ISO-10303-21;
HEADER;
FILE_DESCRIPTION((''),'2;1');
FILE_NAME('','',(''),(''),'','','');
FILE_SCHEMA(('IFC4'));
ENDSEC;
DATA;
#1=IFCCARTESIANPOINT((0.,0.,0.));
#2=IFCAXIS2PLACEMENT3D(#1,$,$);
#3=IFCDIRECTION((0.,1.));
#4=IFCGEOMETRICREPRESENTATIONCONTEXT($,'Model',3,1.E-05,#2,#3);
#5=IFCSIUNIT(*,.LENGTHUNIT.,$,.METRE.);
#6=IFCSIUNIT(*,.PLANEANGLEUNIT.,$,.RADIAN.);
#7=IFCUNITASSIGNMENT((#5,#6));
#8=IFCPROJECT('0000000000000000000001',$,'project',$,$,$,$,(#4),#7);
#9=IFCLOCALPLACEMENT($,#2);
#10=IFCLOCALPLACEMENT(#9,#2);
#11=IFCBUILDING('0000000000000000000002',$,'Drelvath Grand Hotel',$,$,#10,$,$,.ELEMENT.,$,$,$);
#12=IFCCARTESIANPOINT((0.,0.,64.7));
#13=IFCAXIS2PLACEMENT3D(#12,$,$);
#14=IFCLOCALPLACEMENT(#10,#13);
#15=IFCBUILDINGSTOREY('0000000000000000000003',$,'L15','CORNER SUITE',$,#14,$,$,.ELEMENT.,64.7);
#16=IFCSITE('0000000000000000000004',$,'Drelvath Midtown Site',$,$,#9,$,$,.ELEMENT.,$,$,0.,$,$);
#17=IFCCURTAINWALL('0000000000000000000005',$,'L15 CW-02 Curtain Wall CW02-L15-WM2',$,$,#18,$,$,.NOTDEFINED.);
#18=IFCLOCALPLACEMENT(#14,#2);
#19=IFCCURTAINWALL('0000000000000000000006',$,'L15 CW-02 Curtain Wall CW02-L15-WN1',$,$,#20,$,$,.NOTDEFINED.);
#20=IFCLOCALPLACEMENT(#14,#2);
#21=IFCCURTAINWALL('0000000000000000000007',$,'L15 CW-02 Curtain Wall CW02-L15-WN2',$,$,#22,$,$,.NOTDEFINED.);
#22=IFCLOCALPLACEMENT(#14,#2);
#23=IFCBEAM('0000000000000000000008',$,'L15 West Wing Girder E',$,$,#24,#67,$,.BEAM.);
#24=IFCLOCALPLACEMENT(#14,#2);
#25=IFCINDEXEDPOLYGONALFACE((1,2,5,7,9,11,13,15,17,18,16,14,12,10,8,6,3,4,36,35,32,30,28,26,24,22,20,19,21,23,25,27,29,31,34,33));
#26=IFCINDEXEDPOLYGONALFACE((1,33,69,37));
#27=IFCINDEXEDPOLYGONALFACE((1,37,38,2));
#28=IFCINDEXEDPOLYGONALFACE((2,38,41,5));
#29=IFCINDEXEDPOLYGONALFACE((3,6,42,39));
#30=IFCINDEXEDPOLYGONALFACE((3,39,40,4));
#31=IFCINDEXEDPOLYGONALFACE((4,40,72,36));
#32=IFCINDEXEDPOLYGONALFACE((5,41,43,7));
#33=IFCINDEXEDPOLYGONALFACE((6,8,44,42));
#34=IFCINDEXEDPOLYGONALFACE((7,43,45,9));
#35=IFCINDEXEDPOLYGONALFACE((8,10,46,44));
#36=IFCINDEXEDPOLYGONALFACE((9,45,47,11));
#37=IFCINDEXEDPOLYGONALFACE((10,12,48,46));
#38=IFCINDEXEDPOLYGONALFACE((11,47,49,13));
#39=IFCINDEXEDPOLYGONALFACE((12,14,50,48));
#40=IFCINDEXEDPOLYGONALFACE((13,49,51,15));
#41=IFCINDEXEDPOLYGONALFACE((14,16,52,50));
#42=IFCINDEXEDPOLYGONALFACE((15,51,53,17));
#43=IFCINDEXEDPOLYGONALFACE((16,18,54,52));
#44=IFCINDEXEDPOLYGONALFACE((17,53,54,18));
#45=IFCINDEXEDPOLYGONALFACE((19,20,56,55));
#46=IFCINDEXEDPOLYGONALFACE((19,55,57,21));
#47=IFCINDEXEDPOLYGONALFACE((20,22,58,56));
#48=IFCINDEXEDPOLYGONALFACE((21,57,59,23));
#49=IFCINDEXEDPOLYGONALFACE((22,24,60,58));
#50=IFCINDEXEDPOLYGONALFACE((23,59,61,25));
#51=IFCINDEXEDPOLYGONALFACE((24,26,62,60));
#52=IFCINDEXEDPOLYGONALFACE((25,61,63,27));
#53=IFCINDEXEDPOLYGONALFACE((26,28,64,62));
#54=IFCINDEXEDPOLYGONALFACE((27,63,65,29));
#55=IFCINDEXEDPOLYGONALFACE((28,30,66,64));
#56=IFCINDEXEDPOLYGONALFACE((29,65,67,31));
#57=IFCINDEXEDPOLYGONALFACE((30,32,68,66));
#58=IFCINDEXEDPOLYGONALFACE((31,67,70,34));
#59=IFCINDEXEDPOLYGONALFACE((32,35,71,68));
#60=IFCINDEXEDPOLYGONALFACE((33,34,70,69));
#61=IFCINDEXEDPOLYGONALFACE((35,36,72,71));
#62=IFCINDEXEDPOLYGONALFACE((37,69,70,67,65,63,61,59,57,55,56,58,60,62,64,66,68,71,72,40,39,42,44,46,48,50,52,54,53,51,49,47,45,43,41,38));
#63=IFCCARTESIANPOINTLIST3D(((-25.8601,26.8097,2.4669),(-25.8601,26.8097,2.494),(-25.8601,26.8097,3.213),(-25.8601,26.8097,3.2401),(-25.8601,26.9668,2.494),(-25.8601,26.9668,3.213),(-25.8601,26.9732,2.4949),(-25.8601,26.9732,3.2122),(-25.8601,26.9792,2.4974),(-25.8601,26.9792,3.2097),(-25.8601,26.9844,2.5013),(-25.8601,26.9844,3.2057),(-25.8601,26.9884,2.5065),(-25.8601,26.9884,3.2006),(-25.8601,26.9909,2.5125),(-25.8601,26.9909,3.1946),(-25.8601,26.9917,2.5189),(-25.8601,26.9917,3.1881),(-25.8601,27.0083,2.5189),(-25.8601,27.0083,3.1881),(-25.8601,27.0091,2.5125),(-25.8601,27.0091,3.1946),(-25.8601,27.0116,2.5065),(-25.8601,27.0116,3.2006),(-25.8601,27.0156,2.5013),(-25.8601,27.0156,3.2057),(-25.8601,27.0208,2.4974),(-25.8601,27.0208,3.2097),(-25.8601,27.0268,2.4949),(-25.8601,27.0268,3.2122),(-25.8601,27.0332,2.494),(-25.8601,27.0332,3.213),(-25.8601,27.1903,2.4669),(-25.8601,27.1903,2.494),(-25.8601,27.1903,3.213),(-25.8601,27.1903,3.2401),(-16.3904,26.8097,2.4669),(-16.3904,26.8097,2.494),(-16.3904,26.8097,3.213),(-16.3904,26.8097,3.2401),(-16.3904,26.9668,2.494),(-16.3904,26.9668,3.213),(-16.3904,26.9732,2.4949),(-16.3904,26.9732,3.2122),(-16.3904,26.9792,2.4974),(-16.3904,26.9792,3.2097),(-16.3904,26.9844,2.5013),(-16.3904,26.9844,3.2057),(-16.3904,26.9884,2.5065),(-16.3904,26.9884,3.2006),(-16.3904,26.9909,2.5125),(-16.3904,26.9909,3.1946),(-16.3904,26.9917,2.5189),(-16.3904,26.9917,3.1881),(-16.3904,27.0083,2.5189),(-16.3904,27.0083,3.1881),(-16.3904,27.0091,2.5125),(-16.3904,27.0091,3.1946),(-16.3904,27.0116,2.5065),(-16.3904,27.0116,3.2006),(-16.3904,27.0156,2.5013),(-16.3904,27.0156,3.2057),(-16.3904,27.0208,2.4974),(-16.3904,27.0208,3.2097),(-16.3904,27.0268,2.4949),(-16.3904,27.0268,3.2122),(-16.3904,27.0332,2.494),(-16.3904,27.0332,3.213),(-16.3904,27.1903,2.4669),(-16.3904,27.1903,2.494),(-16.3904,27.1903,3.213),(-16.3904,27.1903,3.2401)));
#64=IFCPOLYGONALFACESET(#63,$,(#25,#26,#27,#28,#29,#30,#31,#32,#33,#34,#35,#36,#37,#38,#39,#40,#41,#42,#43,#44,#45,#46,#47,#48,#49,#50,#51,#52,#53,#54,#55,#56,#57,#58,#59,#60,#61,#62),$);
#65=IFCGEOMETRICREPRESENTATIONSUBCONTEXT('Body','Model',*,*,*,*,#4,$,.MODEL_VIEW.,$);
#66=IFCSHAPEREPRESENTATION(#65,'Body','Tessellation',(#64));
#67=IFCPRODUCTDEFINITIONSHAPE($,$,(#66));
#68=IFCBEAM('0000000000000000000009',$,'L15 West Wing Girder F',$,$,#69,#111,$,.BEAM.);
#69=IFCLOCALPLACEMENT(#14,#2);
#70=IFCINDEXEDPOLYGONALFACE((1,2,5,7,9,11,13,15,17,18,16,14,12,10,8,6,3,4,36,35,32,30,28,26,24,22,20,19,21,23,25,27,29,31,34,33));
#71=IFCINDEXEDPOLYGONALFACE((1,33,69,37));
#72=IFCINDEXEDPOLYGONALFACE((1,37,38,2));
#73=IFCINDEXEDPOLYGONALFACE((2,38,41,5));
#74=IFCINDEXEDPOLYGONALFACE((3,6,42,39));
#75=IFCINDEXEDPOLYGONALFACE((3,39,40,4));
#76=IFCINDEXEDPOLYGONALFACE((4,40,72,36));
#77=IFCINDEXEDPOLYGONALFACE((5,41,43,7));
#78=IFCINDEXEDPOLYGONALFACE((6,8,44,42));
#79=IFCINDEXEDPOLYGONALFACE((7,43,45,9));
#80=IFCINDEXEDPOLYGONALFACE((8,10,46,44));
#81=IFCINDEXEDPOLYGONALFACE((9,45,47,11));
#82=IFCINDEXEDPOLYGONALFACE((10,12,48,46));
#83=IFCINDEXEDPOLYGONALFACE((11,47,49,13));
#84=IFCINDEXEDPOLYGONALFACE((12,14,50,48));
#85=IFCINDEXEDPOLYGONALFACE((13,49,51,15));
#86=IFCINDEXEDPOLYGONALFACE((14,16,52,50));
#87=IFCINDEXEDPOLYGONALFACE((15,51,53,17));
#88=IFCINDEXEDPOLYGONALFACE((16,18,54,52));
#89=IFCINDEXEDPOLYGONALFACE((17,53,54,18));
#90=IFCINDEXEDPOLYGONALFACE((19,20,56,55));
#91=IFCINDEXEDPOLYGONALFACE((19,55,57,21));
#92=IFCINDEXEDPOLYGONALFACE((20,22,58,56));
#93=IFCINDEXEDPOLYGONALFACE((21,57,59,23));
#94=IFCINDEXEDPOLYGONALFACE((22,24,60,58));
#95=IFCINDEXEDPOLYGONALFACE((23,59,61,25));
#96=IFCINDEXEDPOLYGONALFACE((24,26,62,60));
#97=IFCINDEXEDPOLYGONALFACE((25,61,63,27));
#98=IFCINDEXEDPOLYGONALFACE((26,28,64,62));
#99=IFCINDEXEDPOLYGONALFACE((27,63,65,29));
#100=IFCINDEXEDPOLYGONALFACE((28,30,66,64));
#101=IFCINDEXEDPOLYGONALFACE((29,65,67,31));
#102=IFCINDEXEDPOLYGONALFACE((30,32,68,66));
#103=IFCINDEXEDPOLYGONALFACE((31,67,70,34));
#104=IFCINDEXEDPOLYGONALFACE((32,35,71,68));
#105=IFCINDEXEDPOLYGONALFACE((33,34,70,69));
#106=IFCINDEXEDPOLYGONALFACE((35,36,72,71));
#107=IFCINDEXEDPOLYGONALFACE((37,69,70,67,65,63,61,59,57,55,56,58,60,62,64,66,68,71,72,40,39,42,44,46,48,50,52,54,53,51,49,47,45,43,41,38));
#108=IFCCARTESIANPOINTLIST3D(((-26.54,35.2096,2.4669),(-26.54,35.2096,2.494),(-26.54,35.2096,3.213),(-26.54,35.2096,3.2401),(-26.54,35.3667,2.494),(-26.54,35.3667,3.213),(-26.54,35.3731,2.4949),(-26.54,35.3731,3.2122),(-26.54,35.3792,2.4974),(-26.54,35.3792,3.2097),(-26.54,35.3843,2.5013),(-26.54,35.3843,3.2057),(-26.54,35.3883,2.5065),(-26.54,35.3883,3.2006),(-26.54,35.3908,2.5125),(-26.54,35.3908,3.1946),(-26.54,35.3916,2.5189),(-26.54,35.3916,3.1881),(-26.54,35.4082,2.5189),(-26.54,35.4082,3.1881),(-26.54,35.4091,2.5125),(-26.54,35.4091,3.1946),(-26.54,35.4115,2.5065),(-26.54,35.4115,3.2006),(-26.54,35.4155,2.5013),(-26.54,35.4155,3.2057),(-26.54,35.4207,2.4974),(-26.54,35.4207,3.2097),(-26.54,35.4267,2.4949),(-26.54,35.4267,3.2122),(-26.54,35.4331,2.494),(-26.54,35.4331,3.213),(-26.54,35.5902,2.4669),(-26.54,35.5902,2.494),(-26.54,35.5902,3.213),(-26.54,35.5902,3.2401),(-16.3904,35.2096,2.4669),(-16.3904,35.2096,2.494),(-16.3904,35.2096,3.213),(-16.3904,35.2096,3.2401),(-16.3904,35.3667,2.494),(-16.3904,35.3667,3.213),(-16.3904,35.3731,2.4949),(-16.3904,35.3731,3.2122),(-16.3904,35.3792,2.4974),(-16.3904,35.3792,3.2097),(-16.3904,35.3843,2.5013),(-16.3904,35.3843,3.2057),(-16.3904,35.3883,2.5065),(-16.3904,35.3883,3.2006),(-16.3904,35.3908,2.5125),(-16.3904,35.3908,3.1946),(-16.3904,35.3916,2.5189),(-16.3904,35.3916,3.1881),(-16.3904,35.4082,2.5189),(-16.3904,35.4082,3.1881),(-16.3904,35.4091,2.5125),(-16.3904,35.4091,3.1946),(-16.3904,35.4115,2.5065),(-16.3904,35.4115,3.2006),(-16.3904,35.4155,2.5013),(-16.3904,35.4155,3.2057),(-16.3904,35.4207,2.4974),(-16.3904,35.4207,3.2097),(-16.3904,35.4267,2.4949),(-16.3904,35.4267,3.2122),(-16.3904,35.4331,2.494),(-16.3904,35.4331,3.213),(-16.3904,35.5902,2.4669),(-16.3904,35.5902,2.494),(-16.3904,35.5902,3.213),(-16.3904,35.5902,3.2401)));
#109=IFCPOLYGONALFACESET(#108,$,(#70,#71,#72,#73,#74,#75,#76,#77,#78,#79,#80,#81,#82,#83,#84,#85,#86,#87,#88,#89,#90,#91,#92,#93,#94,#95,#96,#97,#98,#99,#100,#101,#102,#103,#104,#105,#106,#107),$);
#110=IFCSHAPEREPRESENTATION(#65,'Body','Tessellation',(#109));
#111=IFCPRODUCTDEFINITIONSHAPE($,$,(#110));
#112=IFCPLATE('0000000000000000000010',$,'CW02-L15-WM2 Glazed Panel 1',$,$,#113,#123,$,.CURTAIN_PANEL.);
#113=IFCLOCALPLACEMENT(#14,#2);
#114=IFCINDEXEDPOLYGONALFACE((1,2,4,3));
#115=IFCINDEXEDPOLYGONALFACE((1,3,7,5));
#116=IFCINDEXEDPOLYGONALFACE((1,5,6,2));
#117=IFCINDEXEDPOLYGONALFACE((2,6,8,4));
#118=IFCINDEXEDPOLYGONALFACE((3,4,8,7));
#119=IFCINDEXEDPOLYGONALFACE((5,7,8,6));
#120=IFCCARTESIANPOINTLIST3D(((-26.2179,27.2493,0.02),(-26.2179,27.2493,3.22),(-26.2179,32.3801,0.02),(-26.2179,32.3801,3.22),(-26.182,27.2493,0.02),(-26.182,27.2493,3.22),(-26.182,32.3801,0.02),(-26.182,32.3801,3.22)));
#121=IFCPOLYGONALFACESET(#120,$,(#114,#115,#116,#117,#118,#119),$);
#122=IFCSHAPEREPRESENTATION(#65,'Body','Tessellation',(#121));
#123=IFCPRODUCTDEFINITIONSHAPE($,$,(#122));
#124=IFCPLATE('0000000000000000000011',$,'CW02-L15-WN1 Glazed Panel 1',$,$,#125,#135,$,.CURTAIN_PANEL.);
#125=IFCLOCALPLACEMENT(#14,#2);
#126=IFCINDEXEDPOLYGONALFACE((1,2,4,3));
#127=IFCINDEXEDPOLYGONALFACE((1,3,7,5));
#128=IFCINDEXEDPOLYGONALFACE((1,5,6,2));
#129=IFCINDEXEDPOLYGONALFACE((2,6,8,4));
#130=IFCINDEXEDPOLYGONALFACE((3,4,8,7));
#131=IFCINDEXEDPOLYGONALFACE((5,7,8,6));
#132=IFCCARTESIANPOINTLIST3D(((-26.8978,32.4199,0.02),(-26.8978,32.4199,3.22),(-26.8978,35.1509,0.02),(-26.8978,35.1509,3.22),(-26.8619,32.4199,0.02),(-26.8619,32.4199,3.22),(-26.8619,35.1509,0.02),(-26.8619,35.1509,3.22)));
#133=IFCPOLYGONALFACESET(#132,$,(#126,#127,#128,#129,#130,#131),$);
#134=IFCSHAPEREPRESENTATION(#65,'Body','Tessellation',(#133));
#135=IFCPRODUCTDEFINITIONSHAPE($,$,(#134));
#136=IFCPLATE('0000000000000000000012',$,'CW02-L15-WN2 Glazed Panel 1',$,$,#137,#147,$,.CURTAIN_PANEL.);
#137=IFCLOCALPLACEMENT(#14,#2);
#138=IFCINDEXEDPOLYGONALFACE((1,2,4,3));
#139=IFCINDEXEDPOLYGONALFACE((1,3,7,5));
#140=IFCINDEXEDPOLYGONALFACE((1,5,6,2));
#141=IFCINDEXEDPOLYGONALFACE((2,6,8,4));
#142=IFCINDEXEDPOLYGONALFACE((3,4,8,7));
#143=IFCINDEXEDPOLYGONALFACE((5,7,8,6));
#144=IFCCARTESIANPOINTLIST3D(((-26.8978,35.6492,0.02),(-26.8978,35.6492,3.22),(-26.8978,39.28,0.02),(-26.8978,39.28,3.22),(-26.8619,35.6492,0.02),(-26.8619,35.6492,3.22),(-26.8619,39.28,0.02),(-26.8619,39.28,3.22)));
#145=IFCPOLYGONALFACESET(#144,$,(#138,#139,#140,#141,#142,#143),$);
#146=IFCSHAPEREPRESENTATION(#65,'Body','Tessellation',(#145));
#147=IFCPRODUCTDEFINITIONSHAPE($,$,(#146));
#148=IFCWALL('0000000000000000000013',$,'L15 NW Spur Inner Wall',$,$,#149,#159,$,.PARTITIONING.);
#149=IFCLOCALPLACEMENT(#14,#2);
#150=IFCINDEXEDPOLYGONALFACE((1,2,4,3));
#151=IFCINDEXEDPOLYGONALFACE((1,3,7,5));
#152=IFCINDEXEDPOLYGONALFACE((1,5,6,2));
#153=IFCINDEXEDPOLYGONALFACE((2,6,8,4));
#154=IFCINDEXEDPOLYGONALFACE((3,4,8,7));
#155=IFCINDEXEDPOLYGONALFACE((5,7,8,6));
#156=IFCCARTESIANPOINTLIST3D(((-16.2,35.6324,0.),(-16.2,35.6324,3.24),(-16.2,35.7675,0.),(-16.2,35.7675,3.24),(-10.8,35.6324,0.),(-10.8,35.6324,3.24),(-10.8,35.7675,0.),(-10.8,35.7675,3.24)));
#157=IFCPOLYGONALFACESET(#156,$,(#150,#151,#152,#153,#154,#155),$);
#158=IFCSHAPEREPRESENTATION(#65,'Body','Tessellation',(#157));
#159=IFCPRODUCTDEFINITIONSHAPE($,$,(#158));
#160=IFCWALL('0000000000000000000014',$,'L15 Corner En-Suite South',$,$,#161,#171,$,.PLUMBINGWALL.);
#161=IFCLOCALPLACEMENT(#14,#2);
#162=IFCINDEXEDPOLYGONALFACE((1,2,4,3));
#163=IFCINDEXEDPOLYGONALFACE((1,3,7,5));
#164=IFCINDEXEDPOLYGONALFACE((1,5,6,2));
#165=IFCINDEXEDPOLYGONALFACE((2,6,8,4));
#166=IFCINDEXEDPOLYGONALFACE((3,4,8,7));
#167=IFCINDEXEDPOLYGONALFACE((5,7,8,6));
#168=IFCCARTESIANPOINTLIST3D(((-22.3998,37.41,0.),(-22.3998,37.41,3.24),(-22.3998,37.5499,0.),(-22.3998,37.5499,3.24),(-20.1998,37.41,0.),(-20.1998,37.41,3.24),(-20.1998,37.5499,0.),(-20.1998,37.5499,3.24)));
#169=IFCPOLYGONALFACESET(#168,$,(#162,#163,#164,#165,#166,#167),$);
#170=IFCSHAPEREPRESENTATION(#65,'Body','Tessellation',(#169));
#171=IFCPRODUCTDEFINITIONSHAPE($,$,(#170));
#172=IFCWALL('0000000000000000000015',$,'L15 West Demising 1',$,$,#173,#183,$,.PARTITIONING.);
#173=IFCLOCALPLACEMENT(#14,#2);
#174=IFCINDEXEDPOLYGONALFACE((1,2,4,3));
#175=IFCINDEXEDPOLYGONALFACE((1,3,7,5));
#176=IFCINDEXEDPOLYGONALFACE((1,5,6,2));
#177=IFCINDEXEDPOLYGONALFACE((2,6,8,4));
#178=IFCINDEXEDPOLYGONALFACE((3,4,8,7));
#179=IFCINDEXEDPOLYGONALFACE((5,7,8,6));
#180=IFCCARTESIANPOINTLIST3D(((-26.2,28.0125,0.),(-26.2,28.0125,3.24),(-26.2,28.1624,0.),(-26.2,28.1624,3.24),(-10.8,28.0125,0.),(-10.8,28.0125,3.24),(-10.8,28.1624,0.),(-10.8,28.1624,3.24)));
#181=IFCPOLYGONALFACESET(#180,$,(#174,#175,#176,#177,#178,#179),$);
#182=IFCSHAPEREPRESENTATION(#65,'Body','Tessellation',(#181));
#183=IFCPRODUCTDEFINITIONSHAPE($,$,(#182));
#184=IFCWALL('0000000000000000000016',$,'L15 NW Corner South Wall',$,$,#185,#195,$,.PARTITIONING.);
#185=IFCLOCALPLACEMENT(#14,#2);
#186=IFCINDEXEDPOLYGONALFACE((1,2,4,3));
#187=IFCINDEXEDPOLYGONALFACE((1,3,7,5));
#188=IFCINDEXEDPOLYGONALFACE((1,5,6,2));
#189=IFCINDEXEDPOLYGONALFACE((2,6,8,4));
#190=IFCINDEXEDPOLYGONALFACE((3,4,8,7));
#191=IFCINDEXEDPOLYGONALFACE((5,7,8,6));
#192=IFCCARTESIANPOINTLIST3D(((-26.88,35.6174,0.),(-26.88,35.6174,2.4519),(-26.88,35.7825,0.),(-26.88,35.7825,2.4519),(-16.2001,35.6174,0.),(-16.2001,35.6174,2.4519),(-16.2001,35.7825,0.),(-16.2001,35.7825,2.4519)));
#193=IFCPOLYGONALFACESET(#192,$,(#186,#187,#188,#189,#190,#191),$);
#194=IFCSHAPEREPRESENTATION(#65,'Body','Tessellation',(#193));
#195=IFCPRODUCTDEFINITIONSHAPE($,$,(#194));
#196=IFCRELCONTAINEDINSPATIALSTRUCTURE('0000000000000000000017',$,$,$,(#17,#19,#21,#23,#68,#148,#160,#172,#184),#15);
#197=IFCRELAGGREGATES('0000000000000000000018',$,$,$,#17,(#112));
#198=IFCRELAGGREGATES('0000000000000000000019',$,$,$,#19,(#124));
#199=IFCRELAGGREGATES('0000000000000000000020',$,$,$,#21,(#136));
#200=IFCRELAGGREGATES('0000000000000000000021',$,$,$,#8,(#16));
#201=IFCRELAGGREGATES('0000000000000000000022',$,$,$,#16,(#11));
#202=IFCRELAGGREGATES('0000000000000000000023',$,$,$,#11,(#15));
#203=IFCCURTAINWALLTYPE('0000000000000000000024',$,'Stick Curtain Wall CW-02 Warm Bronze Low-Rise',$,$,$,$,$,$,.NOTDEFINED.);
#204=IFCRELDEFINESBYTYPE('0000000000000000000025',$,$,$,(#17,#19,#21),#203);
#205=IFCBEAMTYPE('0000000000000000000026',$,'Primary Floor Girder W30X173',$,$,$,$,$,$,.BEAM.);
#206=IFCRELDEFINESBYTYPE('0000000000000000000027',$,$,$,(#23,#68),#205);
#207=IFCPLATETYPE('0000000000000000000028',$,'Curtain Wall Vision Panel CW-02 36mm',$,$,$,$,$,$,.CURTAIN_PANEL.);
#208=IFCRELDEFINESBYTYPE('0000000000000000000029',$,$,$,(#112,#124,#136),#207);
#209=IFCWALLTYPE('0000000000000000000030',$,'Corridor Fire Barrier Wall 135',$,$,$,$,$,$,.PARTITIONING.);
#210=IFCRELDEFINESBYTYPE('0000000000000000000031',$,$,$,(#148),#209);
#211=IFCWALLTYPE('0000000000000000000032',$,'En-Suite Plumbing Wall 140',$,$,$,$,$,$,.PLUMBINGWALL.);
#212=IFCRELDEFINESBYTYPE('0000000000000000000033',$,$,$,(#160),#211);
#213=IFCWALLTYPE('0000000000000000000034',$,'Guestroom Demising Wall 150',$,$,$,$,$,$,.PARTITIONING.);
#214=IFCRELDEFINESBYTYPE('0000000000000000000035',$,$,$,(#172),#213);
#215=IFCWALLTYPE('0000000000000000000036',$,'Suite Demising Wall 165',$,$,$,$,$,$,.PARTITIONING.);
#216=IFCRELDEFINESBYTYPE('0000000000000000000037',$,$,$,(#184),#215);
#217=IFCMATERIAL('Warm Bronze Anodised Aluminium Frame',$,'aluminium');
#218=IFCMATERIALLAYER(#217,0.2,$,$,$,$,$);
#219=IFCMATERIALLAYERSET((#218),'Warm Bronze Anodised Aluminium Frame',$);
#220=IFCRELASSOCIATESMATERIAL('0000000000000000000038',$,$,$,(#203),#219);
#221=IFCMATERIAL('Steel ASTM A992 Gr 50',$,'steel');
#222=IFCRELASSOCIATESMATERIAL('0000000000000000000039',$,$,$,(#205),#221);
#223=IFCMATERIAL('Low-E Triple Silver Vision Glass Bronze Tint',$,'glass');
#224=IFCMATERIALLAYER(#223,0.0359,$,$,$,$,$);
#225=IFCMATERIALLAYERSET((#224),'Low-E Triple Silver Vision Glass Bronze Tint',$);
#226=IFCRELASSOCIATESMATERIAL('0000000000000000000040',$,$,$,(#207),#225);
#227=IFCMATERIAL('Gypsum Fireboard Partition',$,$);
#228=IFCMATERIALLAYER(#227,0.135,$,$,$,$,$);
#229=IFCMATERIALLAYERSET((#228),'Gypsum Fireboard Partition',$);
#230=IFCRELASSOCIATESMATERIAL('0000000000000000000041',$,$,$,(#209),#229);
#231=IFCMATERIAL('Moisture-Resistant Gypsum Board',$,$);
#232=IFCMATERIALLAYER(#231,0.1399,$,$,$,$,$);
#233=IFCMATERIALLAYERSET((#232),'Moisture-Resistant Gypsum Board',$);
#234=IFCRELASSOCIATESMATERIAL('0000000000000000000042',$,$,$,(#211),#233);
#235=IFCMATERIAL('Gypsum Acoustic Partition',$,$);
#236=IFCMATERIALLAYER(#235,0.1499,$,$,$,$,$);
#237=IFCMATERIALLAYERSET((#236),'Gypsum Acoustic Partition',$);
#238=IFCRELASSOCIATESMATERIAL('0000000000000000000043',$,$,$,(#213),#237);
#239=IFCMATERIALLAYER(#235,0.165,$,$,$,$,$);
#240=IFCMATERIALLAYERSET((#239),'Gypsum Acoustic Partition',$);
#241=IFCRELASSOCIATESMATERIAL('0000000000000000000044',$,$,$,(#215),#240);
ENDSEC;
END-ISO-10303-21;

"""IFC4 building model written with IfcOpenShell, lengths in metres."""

from ifc_helpers import new_model, si_unit, direction, frame, frame_2d, origin, origin_2d, place, context, subcontext, project, spatial, rectangle, i_section, extrude, material, layer, layer_set, material_profile, profile_set, type_object, element, aggregate, save


model = new_model("IFC4")

# Units and contexts
model_context = context("Model", 3, precision=1e-05, world=origin(), true_north=direction((0.0, 1.0)))
body_context = subcontext(model_context, "Body", "Model", "MODEL_VIEW")
ifc_project = project(units=[si_unit("LENGTHUNIT", "METRE"), si_unit("PLANEANGLEUNIT", "RADIAN")], contexts=[model_context])

# Site, building, storey
site_placement = place(None, origin())
site = spatial("IfcSite", under=ifc_project, at=site_placement, Name="Drelvath Midtown Site", CompositionType="ELEMENT", RefElevation=0.0)
building_placement = place(site_placement, origin())
building = spatial("IfcBuilding", under=site, at=building_placement, Name="Drelvath Grand Hotel", CompositionType="ELEMENT")
storey_placement = place(building_placement, frame((0.0, 0.0, 64.7)))
storey = spatial("IfcBuildingStorey", under=building, at=storey_placement, Name="L15", Description="CORNER SUITE", CompositionType="ELEMENT", Elevation=64.7)

# Curtain walls
ifc_material_1 = material(Name="Warm Bronze Anodised Aluminium Frame", Category="aluminium")
ifc_layer_1 = layer(ifc_material_1, 0.2)
ifc_layer_set_1 = layer_set([ifc_layer_1], Name="Warm Bronze Anodised Aluminium Frame")
curtain_wall_type = type_object("IfcCurtainWallType", Name="Stick Curtain Wall CW-02 Warm Bronze Low-Rise", PredefinedType="NOTDEFINED", material=ifc_layer_set_1)
curtain_wall_1_placement = place(storey_placement, origin())
curtain_wall_1 = element("IfcCurtainWall", 1, at=curtain_wall_1_placement, inside=storey, type_object=curtain_wall_type, Name="L15 CW-02 Curtain Wall CW02-L15-WM2", PredefinedType="NOTDEFINED")
curtain_wall_2_placement = place(storey_placement, origin())
curtain_wall_2 = element("IfcCurtainWall", 2, at=curtain_wall_2_placement, inside=storey, type_object=curtain_wall_type, Name="L15 CW-02 Curtain Wall CW02-L15-WN1", PredefinedType="NOTDEFINED")
curtain_wall_3_placement = place(storey_placement, origin())
curtain_wall_3 = element("IfcCurtainWall", 3, at=curtain_wall_3_placement, inside=storey, type_object=curtain_wall_type, Name="L15 CW-02 Curtain Wall CW02-L15-WN2", PredefinedType="NOTDEFINED")

# Beams
ifc_material_2 = material(Name="Steel ASTM A992 Gr 50", Category="steel")
ifc_material_profile_1 = material_profile(ifc_material_2, i_section(OverallWidth=0.3806, OverallDepth=0.7732, WebThickness=0.0166, FlangeThickness=0.0271, FilletRadius=0.0249, at=origin_2d()), Name="W30X173")
ifc_profile_set_1 = profile_set([ifc_material_profile_1], Name="Steel ASTM A992 Gr 50")
beam_type_1 = type_object("IfcBeamType", Name="Primary Floor Girder W30X173", PredefinedType="BEAM", material=ifc_profile_set_1)
beam_1_placement = place(storey_placement, frame((-25.8601, 27.0, 2.8535), z_axis=(1.0, 0.0, 0.0), x_axis=(0.0, 1.0, 0.0)))
element("IfcBeam", 4, at=beam_1_placement, inside=storey, type_object=beam_type_1, Name="L15 West Wing Girder E", PredefinedType="BEAM", context=body_context, shape_type="SweptSolid", body=[
    extrude(i_section(OverallWidth=0.3806, OverallDepth=0.7732, WebThickness=0.0166, FlangeThickness=0.0271, FilletRadius=0.0249, at=origin_2d()), origin(), (0.0, 0.0, 1.0), 9.4697),
])
beam_2_placement = place(storey_placement, frame((-26.54, 35.3999, 2.8535), z_axis=(1.0, 0.0, 0.0), x_axis=(0.0, 1.0, 0.0)))
element("IfcBeam", 5, at=beam_2_placement, inside=storey, type_object=beam_type_1, Name="L15 West Wing Girder F", PredefinedType="BEAM", context=body_context, shape_type="SweptSolid", body=[
    extrude(i_section(OverallWidth=0.3806, OverallDepth=0.7732, WebThickness=0.0166, FlangeThickness=0.0271, FilletRadius=0.0249, at=origin_2d()), origin(), (0.0, 0.0, 1.0), 10.1497),
])

# Plates
ifc_material_3 = material(Name="Low-E Triple Silver Vision Glass Bronze Tint", Category="glass")
ifc_layer_2 = layer(ifc_material_3, 0.0359)
ifc_layer_set_2 = layer_set([ifc_layer_2], Name="Low-E Triple Silver Vision Glass Bronze Tint")
plate_type = type_object("IfcPlateType", Name="Curtain Wall Vision Panel CW-02 36mm", PredefinedType="CURTAIN_PANEL", material=ifc_layer_set_2)
plate_1_placement = place(storey_placement, frame((-26.2, 29.8147, 0.02), z_axis=(0.0, 0.0, 1.0), x_axis=(0.0, 1.0, 0.0)))
plate_1 = element("IfcPlate", 6, at=plate_1_placement, type_object=plate_type, Name="CW02-L15-WM2 Glazed Panel 1", PredefinedType="CURTAIN_PANEL", context=body_context, shape_type="SweptSolid", body=[
    extrude(rectangle(XDim=5.1309, YDim=0.0359, at=origin_2d()), origin(), (0.0, 0.0, 1.0), 3.2),
])
aggregate(curtain_wall_1, [plate_1])
plate_2_placement = place(storey_placement, frame((-26.8799, 33.7854, 0.02), z_axis=(0.0, 0.0, 1.0), x_axis=(0.0, 1.0, 0.0)))
plate_2 = element("IfcPlate", 7, at=plate_2_placement, type_object=plate_type, Name="CW02-L15-WN1 Glazed Panel 1", PredefinedType="CURTAIN_PANEL", context=body_context, shape_type="SweptSolid", body=[
    extrude(rectangle(XDim=2.731, YDim=0.0359, at=origin_2d()), origin(), (0.0, 0.0, 1.0), 3.2),
])
aggregate(curtain_wall_2, [plate_2])
plate_3_placement = place(storey_placement, frame((-26.8799, 37.4646, 0.02), z_axis=(0.0, 0.0, 1.0), x_axis=(0.0, 1.0, 0.0)))
plate_3 = element("IfcPlate", 8, at=plate_3_placement, type_object=plate_type, Name="CW02-L15-WN2 Glazed Panel 1", PredefinedType="CURTAIN_PANEL", context=body_context, shape_type="SweptSolid", body=[
    extrude(rectangle(XDim=3.6309, YDim=0.0359, at=origin_2d()), origin(), (0.0, 0.0, 1.0), 3.2),
])
aggregate(curtain_wall_3, [plate_3])

# Wall
ifc_material_4 = material(Name="Gypsum Fireboard Partition")
ifc_layer_3 = layer(ifc_material_4, 0.135)
ifc_layer_set_3 = layer_set([ifc_layer_3], Name="Gypsum Fireboard Partition")
wall_type_1 = type_object("IfcWallType", Name="Corridor Fire Barrier Wall 135", PredefinedType="PARTITIONING", material=ifc_layer_set_3)
wall_1_placement = place(storey_placement, frame((-16.2, 35.7, 0.0), z_axis=(0.0, 0.0, 1.0), x_axis=(1.0, 0.0, 0.0)))
element("IfcWall", 9, at=wall_1_placement, inside=storey, type_object=wall_type_1, Name="L15 NW Spur Inner Wall", PredefinedType="PARTITIONING", context=body_context, shape_type="SweptSolid", body=[
    extrude(rectangle(XDim=5.3999, YDim=0.135, at=frame_2d((2.7, 0.0))), origin(), (0.0, 0.0, 1.0), 3.24),
])

# Walls
ifc_material_5 = material(Name="Moisture-Resistant Gypsum Board")
ifc_layer_4 = layer(ifc_material_5, 0.1399)
ifc_layer_set_4 = layer_set([ifc_layer_4], Name="Moisture-Resistant Gypsum Board")
wall_type_2 = type_object("IfcWallType", Name="En-Suite Plumbing Wall 140", PredefinedType="PLUMBINGWALL", material=ifc_layer_set_4)
wall_2_placement = place(storey_placement, frame((-22.3999, 37.48, 0.0), z_axis=(0.0, 0.0, 1.0), x_axis=(1.0, 0.0, 0.0)))
element("IfcWall", 10, at=wall_2_placement, inside=storey, type_object=wall_type_2, Name="L15 Corner En-Suite South", PredefinedType="PLUMBINGWALL", context=body_context, shape_type="SweptSolid", body=[
    extrude(rectangle(XDim=2.2, YDim=0.1399, at=frame_2d((1.1001, 0.0))), origin(), (0.0, 0.0, 1.0), 3.24),
])
ifc_material_6 = material(Name="Gypsum Acoustic Partition")
ifc_layer_5 = layer(ifc_material_6, 0.1499)
ifc_layer_set_5 = layer_set([ifc_layer_5], Name="Gypsum Acoustic Partition")
wall_type_3 = type_object("IfcWallType", Name="Guestroom Demising Wall 150", PredefinedType="PARTITIONING", material=ifc_layer_set_5)
wall_3_placement = place(storey_placement, frame((-26.2, 28.0874, 0.0), z_axis=(0.0, 0.0, 1.0), x_axis=(1.0, 0.0, 0.0)))
element("IfcWall", 11, at=wall_3_placement, inside=storey, type_object=wall_type_3, Name="L15 West Demising 1", PredefinedType="PARTITIONING", context=body_context, shape_type="SweptSolid", body=[
    extrude(rectangle(XDim=15.3999, YDim=0.1499, at=frame_2d((7.7, 0.0))), origin(), (0.0, 0.0, 1.0), 3.24),
])
ifc_layer_6 = layer(ifc_material_6, 0.165)
ifc_layer_set_6 = layer_set([ifc_layer_6], Name="Gypsum Acoustic Partition")
wall_type_4 = type_object("IfcWallType", Name="Suite Demising Wall 165", PredefinedType="PARTITIONING", material=ifc_layer_set_6)
wall_4_placement = place(storey_placement, frame((-26.8799, 35.7, 0.0), z_axis=(0.0, 0.0, 1.0), x_axis=(1.0, 0.0, 0.0)))
element("IfcWall", 12, at=wall_4_placement, inside=storey, type_object=wall_type_4, Name="L15 NW Corner South Wall", PredefinedType="PARTITIONING", context=body_context, shape_type="SweptSolid", body=[
    extrude(rectangle(XDim=10.6799, YDim=0.165, at=frame_2d((5.3398, 0.0))), origin(), (0.0, 0.0, 1.0), 2.4519),
])

save(model, "model.ifc")
